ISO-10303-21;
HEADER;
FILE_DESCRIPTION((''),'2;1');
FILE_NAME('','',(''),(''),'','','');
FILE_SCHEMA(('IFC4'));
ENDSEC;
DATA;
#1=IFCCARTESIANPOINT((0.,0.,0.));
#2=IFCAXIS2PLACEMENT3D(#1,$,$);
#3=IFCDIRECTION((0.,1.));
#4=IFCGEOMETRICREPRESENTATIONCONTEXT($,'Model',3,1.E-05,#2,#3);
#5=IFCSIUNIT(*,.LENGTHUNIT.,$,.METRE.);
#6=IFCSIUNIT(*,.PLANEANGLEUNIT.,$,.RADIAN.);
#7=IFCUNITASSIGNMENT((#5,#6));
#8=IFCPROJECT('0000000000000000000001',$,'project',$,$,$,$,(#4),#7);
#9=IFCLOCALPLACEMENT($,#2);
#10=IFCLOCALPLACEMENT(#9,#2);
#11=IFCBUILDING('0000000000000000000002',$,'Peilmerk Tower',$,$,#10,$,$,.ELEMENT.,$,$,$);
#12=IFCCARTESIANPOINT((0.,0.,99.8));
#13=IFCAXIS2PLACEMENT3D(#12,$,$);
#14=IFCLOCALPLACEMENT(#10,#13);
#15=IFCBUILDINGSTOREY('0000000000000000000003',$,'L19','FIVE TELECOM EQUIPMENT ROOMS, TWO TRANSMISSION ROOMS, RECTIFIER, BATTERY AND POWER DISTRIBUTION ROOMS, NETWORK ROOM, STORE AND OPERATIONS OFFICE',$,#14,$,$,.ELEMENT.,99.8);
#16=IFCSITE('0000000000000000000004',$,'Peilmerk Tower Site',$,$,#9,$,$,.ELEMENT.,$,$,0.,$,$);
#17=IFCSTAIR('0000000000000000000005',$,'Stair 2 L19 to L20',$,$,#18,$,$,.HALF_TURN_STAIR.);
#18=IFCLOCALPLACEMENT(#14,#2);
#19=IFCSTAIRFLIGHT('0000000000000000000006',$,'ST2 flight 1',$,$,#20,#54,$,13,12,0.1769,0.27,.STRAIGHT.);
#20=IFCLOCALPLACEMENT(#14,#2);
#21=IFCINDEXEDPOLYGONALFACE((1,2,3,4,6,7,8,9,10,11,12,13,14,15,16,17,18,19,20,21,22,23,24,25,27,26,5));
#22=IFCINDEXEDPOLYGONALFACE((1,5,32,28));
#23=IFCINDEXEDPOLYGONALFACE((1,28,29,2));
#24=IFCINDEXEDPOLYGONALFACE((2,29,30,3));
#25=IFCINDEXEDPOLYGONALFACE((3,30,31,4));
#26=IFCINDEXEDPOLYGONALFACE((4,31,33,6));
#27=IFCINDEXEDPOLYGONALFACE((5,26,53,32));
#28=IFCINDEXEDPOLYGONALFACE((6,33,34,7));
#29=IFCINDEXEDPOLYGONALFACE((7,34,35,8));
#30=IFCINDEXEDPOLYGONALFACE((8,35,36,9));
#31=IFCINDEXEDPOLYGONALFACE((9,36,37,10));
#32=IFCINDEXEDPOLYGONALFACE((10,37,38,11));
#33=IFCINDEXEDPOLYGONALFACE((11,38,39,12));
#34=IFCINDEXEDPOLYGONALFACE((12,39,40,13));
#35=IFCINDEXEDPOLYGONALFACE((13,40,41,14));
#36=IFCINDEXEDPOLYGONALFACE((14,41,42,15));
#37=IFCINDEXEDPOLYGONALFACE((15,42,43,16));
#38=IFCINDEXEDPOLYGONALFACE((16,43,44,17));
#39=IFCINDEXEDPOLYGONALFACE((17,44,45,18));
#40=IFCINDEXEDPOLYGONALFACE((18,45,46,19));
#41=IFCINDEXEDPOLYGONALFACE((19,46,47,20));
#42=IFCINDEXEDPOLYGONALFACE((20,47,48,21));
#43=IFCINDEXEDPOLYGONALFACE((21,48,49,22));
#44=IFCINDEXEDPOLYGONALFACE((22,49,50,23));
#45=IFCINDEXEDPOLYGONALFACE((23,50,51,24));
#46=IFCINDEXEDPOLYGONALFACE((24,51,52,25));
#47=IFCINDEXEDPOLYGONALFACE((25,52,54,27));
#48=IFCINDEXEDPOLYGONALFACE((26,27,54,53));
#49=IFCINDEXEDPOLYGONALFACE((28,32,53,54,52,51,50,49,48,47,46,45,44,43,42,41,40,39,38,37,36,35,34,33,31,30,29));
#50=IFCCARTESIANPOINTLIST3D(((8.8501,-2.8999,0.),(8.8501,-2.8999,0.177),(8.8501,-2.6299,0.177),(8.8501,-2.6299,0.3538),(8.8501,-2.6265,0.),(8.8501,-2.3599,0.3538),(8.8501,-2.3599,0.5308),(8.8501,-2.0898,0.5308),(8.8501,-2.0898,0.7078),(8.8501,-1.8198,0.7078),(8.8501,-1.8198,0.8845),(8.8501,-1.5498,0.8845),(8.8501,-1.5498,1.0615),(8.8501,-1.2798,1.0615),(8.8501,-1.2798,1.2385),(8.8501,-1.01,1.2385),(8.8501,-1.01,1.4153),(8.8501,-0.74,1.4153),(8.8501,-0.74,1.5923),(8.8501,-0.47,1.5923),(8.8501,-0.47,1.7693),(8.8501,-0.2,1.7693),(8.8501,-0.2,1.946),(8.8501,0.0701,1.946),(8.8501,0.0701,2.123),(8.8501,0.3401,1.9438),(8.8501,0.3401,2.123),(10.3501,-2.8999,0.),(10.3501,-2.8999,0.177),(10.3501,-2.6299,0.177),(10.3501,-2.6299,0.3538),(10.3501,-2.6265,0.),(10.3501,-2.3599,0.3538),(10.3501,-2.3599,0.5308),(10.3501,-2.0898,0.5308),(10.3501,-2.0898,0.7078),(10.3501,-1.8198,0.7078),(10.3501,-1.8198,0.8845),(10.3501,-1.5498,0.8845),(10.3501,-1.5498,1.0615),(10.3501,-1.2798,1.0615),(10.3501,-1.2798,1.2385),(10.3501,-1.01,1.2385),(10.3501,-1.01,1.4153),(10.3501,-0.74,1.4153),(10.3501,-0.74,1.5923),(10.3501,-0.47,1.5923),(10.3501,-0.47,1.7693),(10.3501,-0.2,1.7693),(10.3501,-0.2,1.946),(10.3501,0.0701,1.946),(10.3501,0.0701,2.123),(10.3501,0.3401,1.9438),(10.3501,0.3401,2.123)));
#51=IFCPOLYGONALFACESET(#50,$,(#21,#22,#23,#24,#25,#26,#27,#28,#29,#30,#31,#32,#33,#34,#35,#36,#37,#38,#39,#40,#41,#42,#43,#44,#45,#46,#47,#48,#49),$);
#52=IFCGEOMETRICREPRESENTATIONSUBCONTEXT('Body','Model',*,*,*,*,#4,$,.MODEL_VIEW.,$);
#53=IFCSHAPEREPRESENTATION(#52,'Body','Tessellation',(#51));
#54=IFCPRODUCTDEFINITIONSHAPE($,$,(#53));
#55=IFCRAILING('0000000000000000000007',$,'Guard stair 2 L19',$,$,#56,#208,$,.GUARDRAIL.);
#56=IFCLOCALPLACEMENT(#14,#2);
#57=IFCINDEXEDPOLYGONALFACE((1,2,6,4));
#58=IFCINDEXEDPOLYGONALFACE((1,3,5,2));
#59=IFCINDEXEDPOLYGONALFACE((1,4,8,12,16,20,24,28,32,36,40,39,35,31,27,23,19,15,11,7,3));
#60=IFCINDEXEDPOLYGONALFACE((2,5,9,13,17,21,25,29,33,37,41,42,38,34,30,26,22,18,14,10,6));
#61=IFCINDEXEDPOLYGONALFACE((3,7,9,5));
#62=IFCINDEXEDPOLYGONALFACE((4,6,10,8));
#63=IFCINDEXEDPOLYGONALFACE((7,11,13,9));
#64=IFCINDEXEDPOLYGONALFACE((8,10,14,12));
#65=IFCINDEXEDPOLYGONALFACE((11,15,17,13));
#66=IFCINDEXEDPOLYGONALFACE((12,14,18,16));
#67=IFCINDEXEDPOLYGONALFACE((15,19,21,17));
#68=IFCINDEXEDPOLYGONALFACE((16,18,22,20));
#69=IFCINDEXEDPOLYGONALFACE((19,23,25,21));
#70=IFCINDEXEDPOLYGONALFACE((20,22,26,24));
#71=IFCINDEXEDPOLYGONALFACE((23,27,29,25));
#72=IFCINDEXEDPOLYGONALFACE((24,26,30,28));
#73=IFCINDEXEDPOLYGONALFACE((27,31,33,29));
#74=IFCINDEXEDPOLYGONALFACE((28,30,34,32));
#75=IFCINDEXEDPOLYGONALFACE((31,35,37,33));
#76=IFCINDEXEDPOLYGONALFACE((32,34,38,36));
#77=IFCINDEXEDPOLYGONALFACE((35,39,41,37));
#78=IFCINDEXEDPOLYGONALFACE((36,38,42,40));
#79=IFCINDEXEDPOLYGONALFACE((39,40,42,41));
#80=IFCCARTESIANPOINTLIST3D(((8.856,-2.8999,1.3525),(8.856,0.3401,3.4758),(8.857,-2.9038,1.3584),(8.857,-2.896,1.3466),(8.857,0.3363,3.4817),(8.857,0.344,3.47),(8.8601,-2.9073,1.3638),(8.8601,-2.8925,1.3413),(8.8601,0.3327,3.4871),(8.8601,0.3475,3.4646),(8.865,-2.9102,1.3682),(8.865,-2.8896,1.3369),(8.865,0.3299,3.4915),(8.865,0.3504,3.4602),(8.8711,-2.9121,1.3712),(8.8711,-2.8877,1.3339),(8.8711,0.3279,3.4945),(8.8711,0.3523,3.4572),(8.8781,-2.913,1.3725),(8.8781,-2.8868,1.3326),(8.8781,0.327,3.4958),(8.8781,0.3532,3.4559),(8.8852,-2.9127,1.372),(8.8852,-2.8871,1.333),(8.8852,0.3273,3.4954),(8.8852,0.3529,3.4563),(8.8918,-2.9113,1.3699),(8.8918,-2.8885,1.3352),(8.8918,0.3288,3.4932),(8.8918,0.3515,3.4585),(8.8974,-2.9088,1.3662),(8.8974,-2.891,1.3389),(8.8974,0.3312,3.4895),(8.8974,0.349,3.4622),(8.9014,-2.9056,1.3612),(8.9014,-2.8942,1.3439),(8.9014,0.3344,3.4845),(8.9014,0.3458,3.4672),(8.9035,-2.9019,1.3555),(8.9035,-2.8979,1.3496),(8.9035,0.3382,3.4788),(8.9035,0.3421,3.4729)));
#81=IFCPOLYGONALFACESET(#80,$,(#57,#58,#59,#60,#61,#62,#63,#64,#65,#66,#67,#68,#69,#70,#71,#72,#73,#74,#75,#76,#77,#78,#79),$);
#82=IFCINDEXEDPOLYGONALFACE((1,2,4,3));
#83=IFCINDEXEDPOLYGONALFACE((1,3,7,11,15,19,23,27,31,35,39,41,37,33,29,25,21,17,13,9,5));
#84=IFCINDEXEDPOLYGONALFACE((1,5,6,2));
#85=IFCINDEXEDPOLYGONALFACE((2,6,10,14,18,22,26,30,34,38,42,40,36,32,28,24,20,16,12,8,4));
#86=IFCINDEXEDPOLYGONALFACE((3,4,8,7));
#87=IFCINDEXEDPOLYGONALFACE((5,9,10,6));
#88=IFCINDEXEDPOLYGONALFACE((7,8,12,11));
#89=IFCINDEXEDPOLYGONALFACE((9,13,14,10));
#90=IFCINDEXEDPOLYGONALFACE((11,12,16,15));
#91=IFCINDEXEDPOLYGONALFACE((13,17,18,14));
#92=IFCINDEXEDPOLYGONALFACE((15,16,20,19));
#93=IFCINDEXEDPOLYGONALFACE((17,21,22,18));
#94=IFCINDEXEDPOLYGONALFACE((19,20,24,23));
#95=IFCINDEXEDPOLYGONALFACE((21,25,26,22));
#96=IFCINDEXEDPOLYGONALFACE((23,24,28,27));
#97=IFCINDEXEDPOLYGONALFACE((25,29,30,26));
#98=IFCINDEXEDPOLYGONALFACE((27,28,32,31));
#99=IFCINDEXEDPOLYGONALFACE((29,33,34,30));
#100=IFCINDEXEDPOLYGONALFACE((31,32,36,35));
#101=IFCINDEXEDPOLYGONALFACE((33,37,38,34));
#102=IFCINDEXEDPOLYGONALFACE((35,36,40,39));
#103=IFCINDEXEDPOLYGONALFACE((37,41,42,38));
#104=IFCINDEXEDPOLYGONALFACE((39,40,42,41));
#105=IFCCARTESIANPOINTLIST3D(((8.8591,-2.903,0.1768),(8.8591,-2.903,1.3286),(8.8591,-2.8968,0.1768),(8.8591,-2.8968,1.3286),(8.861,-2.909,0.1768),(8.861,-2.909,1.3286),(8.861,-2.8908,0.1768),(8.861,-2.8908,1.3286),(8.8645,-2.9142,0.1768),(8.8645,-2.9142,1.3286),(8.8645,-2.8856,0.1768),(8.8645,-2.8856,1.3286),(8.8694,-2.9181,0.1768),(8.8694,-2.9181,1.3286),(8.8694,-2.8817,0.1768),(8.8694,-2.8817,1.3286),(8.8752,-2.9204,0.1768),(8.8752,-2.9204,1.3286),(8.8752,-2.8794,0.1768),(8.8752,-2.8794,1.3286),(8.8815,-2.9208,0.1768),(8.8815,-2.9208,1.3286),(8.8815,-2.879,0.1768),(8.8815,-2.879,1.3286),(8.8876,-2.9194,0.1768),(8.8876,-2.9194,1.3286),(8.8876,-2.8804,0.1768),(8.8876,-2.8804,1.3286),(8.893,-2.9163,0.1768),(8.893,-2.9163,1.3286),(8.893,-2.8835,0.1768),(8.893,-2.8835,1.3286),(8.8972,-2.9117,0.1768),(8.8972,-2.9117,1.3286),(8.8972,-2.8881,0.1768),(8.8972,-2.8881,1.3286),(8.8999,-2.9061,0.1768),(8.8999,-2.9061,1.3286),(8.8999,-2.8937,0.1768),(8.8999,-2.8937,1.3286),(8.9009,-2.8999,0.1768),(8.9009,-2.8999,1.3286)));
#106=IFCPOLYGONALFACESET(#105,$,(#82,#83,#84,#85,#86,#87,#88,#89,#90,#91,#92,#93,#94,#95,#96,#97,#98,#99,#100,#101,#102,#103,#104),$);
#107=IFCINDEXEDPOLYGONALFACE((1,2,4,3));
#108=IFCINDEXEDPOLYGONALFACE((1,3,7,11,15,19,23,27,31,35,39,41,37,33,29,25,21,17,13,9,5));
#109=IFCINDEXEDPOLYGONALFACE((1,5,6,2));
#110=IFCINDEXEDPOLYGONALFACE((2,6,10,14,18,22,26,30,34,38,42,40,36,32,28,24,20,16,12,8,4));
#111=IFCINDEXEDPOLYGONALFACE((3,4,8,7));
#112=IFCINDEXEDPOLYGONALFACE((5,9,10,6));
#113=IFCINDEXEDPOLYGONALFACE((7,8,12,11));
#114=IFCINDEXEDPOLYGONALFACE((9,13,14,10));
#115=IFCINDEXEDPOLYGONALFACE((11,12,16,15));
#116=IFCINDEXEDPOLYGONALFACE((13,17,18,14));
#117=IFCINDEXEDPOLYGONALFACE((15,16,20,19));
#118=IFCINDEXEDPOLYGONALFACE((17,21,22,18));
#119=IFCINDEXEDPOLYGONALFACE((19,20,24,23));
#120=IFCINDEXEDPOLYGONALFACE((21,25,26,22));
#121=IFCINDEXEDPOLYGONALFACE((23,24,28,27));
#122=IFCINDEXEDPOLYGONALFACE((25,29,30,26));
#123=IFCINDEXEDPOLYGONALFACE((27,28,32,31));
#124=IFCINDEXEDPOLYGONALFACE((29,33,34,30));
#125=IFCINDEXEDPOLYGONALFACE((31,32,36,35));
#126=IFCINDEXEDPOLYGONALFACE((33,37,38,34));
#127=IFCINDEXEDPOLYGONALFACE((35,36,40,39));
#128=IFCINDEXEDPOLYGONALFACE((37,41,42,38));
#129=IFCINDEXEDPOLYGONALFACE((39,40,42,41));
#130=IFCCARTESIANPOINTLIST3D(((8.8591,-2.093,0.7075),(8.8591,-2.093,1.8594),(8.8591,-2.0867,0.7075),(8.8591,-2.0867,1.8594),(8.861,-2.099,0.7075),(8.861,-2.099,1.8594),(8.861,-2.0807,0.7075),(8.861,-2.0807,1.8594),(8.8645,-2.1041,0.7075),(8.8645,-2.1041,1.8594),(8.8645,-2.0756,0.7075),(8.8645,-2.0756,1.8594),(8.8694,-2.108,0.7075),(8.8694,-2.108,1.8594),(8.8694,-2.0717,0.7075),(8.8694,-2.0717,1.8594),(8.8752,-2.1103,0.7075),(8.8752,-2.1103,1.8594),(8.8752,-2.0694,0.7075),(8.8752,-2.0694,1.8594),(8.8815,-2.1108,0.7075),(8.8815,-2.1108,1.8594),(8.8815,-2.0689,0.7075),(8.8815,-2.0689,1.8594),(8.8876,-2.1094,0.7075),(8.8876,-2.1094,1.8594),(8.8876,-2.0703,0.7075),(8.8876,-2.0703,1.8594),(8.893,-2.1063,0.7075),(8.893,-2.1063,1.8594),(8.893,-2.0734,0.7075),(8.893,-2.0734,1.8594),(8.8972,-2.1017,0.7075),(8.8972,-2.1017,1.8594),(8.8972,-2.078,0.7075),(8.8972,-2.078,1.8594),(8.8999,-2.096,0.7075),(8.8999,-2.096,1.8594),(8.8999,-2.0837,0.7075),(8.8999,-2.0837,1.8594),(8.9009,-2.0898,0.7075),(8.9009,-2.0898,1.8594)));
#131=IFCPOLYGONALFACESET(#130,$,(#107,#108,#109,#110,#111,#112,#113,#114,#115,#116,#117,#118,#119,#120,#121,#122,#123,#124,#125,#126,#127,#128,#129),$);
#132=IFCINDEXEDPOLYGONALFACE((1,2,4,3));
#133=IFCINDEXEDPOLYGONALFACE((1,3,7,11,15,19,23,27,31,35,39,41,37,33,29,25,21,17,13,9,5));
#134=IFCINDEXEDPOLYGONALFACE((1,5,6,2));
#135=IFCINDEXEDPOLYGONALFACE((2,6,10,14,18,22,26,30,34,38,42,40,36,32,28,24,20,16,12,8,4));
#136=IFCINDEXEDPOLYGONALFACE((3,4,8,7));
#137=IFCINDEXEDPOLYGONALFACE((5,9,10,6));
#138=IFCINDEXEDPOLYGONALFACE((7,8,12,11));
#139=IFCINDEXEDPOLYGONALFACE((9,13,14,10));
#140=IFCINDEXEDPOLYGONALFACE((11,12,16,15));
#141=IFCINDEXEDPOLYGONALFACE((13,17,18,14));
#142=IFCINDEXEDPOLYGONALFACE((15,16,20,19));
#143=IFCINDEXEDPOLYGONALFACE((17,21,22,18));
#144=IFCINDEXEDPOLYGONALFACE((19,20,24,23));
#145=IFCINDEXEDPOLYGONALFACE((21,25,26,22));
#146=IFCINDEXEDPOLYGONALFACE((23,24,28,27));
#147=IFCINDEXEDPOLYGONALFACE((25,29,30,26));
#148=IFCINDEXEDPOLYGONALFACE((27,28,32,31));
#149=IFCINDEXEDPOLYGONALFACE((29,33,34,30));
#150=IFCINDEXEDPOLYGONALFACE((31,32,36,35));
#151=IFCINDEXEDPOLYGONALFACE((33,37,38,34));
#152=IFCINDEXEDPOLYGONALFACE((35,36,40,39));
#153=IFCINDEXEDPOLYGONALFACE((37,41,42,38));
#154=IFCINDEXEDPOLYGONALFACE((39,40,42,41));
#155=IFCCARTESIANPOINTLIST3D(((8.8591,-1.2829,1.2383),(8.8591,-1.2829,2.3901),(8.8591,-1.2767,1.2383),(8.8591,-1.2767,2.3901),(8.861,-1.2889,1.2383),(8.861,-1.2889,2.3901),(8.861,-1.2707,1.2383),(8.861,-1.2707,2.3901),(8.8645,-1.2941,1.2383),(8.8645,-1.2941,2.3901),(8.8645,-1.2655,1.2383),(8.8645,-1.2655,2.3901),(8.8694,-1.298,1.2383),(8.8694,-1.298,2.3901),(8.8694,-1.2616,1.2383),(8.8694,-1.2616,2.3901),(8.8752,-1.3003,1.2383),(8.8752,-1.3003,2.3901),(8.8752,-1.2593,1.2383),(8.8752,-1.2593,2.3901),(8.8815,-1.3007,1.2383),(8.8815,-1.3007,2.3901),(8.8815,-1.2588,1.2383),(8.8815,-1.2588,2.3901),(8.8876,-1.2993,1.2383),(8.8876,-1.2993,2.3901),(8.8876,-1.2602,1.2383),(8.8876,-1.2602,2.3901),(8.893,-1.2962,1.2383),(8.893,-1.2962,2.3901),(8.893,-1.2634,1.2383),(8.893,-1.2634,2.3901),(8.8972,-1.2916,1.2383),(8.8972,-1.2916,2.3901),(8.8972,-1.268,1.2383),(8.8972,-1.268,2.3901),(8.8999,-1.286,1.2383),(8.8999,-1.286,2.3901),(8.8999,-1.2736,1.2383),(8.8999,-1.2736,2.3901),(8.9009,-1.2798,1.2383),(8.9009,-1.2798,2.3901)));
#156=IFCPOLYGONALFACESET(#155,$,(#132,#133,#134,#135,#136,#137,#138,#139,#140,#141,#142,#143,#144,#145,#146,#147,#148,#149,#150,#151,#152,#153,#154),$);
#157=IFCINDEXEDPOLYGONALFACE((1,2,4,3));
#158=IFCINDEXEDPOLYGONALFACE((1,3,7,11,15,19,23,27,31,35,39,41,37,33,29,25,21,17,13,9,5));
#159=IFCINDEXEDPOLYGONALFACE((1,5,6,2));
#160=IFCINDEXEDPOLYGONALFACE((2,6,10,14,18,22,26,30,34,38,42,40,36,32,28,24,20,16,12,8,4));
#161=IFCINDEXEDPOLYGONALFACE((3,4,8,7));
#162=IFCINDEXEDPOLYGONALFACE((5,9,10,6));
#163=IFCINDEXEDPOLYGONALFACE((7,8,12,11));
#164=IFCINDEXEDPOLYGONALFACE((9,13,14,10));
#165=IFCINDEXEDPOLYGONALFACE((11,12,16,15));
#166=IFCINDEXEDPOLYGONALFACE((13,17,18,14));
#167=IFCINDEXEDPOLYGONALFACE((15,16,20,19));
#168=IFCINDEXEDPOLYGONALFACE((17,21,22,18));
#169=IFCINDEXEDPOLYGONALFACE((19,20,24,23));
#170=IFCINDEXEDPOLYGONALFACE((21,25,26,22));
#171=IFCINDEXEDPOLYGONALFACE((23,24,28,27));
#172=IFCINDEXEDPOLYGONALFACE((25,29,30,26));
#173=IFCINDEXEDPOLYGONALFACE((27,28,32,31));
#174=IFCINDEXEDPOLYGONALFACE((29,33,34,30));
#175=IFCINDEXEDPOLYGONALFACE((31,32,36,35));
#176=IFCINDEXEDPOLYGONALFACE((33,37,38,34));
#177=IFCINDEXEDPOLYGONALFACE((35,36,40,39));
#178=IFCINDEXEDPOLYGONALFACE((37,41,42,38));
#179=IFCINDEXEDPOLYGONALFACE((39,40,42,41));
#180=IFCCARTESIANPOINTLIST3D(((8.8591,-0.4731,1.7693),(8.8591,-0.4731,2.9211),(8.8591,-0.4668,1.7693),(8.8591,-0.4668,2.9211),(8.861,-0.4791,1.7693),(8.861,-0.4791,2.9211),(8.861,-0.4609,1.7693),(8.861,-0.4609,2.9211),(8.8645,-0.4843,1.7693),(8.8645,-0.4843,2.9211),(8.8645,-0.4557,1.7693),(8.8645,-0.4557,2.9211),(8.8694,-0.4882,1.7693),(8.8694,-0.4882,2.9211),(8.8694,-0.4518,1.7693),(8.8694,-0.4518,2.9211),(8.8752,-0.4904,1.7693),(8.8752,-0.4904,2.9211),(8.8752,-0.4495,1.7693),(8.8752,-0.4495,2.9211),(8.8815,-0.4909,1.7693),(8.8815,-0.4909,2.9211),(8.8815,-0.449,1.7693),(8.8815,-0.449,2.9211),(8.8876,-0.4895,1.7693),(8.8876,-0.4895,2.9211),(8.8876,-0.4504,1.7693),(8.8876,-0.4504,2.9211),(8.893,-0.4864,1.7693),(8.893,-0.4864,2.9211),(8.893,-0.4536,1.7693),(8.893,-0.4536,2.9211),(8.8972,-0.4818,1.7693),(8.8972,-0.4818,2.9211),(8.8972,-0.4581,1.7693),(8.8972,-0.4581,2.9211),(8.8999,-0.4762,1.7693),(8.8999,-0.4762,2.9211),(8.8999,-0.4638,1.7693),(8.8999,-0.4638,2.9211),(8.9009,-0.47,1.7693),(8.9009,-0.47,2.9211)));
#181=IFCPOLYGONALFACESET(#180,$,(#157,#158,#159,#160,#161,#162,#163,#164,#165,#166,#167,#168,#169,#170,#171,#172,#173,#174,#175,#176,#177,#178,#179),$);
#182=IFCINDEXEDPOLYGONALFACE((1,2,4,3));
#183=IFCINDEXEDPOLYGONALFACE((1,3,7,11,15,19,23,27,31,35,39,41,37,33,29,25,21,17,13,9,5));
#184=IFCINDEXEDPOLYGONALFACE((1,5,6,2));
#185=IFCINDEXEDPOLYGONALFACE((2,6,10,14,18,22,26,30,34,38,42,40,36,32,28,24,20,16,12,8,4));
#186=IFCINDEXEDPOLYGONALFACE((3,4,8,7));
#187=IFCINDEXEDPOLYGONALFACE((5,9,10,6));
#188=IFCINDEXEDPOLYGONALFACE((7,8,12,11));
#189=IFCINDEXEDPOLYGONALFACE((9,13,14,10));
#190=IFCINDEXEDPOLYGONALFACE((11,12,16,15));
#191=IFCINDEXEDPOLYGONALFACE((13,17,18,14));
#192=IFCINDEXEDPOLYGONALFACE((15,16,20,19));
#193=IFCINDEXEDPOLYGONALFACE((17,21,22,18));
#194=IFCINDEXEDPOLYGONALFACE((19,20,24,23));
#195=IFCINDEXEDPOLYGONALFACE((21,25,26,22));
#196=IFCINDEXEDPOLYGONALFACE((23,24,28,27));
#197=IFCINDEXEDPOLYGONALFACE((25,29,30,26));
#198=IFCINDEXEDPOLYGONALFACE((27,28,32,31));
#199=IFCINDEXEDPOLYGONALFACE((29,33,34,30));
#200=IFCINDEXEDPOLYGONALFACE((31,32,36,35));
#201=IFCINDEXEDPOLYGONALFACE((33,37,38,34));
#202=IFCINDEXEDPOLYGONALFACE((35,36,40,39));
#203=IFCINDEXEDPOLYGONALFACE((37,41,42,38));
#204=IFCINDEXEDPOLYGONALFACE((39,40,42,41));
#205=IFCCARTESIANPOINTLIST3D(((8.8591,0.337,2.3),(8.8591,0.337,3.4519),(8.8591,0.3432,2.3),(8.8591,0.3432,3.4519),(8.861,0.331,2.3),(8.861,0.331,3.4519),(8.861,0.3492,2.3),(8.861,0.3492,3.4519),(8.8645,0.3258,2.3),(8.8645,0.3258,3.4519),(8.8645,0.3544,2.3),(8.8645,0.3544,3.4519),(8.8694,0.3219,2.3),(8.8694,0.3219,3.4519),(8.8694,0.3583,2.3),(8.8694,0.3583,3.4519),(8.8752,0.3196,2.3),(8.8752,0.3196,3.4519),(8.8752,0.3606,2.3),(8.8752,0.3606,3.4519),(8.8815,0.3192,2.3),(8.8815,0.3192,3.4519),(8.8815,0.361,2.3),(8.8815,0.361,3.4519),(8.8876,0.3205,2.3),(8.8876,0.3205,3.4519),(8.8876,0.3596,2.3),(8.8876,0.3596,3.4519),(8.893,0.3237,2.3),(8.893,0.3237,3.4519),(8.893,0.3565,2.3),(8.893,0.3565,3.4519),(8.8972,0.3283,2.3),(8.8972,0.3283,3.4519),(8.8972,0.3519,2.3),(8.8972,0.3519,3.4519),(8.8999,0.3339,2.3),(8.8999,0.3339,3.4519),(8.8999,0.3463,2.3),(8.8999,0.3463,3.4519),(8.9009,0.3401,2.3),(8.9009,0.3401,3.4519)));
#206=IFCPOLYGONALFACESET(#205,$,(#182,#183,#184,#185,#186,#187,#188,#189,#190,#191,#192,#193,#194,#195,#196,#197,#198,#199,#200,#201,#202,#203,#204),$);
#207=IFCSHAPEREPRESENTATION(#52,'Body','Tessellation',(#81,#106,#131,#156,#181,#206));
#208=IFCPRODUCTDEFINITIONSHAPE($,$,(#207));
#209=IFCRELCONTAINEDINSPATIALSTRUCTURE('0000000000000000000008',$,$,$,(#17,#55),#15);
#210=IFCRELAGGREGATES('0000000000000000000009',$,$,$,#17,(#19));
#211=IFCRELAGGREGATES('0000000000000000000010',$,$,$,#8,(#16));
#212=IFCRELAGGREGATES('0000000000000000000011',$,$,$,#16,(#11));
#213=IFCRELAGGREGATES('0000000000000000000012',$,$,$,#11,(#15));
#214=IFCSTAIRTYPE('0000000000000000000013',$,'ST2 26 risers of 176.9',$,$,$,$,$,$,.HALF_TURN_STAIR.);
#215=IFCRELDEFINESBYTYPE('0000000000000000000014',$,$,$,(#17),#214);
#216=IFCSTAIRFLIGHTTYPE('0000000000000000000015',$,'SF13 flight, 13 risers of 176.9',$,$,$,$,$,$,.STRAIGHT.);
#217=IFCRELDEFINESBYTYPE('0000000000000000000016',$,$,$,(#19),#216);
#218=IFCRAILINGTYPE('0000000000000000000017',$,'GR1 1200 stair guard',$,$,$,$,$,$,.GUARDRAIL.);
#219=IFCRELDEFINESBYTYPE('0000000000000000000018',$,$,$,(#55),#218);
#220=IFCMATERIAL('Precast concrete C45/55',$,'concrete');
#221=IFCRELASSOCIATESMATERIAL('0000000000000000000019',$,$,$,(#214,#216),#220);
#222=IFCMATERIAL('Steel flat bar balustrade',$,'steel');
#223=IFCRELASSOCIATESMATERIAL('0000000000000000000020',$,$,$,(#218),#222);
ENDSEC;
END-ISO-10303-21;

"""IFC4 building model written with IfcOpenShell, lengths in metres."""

from ifc_helpers import new_model, si_unit, direction, frame, origin, origin_2d, place, context, subcontext, project, spatial, polyline, circle, outline, extrude, material, type_object, element, aggregate, save


model = new_model("IFC4")

# Units and contexts
model_context = context("Model", 3, precision=1e-05, world=origin(), true_north=direction((0.0, 1.0)))
body_context = subcontext(model_context, "Body", "Model", "MODEL_VIEW")
ifc_project = project(units=[si_unit("LENGTHUNIT", "METRE"), si_unit("PLANEANGLEUNIT", "RADIAN")], contexts=[model_context])

# Site, building, storey
site_placement = place(None, origin())
site = spatial("IfcSite", under=ifc_project, at=site_placement, Name="Peilmerk Tower Site", CompositionType="ELEMENT", RefElevation=0.0)
building_placement = place(site_placement, origin())
building = spatial("IfcBuilding", under=site, at=building_placement, Name="Peilmerk Tower", CompositionType="ELEMENT")
storey_placement = place(building_placement, frame((0.0, 0.0, 99.8)))
storey = spatial("IfcBuildingStorey", under=building, at=storey_placement, Name="L19", Description="FIVE TELECOM EQUIPMENT ROOMS, TWO TRANSMISSION ROOMS, RECTIFIER, BATTERY AND POWER DISTRIBUTION ROOMS, NETWORK ROOM, STORE AND OPERATIONS OFFICE", CompositionType="ELEMENT", Elevation=99.8)

# Stair, stair flight
ifc_material_1 = material(Name="Precast concrete C45/55", Category="concrete")
stair_type = type_object("IfcStairType", Name="ST2 26 risers of 176.9", PredefinedType="HALF_TURN_STAIR", material=ifc_material_1)
stair_placement = place(storey_placement, origin())
stair = element("IfcStair", 1, at=stair_placement, inside=storey, type_object=stair_type, Name="Stair 2 L19 to L20", PredefinedType="HALF_TURN_STAIR")
stair_flight_type = type_object("IfcStairFlightType", Name="SF13 flight, 13 risers of 176.9", PredefinedType="STRAIGHT", material=ifc_material_1)
stair_flight_placement = place(storey_placement, frame((9.6001, -2.8999, 0.0), z_axis=(0.0, 0.0, 1.0), x_axis=(0.0, 1.0, 0.0)))
stair_flight = element("IfcStairFlight", 2, at=stair_flight_placement, type_object=stair_flight_type, Name="ST2 flight 1", NumberOfRisers=13, NumberOfTreads=12, PredefinedType="STRAIGHT", RiserHeight=0.1769, TreadLength=0.27, context=body_context, shape_type="SweptSolid", body=[
    extrude(outline(polyline([(0.0, 0.0), (0.0, 0.177), (0.27, 0.177), (0.27, 0.3538), (0.54, 0.3538), (0.54, 0.5308), (0.8101, 0.5308), (0.8101, 0.7078), (1.0801, 0.7078), (1.0801, 0.8845), (1.3501, 0.8845), (1.3501, 1.0615), (1.6201, 1.0615), (1.6201, 1.2385), (1.8899, 1.2385), (1.8899, 1.4153), (2.1599, 1.4153), (2.1599, 1.5923), (2.4299, 1.5923), (2.4299, 1.7693), (2.7, 1.7693), (2.7, 1.946), (2.97, 1.946), (2.97, 2.123), (3.24, 2.123), (3.24, 2.3), (3.24, 1.9438), (0.2734, 0.0), (0.0, 0.0)])), frame((0.0, 0.75, 0.0), z_axis=(0.0, -1.0, 0.0), x_axis=(1.0, 0.0, 0.0)), (0.0, 0.0, 1.0), 1.5),
])
aggregate(stair, [stair_flight])

# Railing
ifc_material_2 = material(Name="Steel flat bar balustrade", Category="steel")
railing_type_1 = type_object("IfcRailingType", Name="GR1 1200 stair guard", PredefinedType="GUARDRAIL", material=ifc_material_2)
railing_1_placement = place(storey_placement, frame((8.8799, -2.8999, 0.1768)))
element("IfcRailing", 3, at=railing_1_placement, inside=storey, type_object=railing_type_1, Name="Guard stair 2 L19", PredefinedType="GUARDRAIL", context=body_context, shape_type="SweptSolid", body=[
    extrude(circle(Radius=0.0239, at=origin_2d()), frame((0.0, 0.0, 1.1758), z_axis=(0.0, 0.836397, 0.548124), x_axis=(-1.0, 0.0, 0.0)), (0.0, 0.0, 1.0), 3.8738),
    extrude(circle(Radius=0.021, at=origin_2d()), origin(), (0.0, 0.0, 1.0), 1.1519),
    extrude(circle(Radius=0.021, at=origin_2d()), frame((0.0, 0.8101, 0.5308)), (0.0, 0.0, 1.0), 1.1519),
    extrude(circle(Radius=0.021, at=origin_2d()), frame((0.0, 1.6201, 1.0615)), (0.0, 0.0, 1.0), 1.1519),
    extrude(circle(Radius=0.021, at=origin_2d()), frame((0.0, 2.4299, 1.5925)), (0.0, 0.0, 1.0), 1.1519),
    extrude(circle(Radius=0.021, at=origin_2d()), frame((0.0, 3.24, 2.1233)), (0.0, 0.0, 1.0), 1.1519),
])

save(model, "model.ifc")
